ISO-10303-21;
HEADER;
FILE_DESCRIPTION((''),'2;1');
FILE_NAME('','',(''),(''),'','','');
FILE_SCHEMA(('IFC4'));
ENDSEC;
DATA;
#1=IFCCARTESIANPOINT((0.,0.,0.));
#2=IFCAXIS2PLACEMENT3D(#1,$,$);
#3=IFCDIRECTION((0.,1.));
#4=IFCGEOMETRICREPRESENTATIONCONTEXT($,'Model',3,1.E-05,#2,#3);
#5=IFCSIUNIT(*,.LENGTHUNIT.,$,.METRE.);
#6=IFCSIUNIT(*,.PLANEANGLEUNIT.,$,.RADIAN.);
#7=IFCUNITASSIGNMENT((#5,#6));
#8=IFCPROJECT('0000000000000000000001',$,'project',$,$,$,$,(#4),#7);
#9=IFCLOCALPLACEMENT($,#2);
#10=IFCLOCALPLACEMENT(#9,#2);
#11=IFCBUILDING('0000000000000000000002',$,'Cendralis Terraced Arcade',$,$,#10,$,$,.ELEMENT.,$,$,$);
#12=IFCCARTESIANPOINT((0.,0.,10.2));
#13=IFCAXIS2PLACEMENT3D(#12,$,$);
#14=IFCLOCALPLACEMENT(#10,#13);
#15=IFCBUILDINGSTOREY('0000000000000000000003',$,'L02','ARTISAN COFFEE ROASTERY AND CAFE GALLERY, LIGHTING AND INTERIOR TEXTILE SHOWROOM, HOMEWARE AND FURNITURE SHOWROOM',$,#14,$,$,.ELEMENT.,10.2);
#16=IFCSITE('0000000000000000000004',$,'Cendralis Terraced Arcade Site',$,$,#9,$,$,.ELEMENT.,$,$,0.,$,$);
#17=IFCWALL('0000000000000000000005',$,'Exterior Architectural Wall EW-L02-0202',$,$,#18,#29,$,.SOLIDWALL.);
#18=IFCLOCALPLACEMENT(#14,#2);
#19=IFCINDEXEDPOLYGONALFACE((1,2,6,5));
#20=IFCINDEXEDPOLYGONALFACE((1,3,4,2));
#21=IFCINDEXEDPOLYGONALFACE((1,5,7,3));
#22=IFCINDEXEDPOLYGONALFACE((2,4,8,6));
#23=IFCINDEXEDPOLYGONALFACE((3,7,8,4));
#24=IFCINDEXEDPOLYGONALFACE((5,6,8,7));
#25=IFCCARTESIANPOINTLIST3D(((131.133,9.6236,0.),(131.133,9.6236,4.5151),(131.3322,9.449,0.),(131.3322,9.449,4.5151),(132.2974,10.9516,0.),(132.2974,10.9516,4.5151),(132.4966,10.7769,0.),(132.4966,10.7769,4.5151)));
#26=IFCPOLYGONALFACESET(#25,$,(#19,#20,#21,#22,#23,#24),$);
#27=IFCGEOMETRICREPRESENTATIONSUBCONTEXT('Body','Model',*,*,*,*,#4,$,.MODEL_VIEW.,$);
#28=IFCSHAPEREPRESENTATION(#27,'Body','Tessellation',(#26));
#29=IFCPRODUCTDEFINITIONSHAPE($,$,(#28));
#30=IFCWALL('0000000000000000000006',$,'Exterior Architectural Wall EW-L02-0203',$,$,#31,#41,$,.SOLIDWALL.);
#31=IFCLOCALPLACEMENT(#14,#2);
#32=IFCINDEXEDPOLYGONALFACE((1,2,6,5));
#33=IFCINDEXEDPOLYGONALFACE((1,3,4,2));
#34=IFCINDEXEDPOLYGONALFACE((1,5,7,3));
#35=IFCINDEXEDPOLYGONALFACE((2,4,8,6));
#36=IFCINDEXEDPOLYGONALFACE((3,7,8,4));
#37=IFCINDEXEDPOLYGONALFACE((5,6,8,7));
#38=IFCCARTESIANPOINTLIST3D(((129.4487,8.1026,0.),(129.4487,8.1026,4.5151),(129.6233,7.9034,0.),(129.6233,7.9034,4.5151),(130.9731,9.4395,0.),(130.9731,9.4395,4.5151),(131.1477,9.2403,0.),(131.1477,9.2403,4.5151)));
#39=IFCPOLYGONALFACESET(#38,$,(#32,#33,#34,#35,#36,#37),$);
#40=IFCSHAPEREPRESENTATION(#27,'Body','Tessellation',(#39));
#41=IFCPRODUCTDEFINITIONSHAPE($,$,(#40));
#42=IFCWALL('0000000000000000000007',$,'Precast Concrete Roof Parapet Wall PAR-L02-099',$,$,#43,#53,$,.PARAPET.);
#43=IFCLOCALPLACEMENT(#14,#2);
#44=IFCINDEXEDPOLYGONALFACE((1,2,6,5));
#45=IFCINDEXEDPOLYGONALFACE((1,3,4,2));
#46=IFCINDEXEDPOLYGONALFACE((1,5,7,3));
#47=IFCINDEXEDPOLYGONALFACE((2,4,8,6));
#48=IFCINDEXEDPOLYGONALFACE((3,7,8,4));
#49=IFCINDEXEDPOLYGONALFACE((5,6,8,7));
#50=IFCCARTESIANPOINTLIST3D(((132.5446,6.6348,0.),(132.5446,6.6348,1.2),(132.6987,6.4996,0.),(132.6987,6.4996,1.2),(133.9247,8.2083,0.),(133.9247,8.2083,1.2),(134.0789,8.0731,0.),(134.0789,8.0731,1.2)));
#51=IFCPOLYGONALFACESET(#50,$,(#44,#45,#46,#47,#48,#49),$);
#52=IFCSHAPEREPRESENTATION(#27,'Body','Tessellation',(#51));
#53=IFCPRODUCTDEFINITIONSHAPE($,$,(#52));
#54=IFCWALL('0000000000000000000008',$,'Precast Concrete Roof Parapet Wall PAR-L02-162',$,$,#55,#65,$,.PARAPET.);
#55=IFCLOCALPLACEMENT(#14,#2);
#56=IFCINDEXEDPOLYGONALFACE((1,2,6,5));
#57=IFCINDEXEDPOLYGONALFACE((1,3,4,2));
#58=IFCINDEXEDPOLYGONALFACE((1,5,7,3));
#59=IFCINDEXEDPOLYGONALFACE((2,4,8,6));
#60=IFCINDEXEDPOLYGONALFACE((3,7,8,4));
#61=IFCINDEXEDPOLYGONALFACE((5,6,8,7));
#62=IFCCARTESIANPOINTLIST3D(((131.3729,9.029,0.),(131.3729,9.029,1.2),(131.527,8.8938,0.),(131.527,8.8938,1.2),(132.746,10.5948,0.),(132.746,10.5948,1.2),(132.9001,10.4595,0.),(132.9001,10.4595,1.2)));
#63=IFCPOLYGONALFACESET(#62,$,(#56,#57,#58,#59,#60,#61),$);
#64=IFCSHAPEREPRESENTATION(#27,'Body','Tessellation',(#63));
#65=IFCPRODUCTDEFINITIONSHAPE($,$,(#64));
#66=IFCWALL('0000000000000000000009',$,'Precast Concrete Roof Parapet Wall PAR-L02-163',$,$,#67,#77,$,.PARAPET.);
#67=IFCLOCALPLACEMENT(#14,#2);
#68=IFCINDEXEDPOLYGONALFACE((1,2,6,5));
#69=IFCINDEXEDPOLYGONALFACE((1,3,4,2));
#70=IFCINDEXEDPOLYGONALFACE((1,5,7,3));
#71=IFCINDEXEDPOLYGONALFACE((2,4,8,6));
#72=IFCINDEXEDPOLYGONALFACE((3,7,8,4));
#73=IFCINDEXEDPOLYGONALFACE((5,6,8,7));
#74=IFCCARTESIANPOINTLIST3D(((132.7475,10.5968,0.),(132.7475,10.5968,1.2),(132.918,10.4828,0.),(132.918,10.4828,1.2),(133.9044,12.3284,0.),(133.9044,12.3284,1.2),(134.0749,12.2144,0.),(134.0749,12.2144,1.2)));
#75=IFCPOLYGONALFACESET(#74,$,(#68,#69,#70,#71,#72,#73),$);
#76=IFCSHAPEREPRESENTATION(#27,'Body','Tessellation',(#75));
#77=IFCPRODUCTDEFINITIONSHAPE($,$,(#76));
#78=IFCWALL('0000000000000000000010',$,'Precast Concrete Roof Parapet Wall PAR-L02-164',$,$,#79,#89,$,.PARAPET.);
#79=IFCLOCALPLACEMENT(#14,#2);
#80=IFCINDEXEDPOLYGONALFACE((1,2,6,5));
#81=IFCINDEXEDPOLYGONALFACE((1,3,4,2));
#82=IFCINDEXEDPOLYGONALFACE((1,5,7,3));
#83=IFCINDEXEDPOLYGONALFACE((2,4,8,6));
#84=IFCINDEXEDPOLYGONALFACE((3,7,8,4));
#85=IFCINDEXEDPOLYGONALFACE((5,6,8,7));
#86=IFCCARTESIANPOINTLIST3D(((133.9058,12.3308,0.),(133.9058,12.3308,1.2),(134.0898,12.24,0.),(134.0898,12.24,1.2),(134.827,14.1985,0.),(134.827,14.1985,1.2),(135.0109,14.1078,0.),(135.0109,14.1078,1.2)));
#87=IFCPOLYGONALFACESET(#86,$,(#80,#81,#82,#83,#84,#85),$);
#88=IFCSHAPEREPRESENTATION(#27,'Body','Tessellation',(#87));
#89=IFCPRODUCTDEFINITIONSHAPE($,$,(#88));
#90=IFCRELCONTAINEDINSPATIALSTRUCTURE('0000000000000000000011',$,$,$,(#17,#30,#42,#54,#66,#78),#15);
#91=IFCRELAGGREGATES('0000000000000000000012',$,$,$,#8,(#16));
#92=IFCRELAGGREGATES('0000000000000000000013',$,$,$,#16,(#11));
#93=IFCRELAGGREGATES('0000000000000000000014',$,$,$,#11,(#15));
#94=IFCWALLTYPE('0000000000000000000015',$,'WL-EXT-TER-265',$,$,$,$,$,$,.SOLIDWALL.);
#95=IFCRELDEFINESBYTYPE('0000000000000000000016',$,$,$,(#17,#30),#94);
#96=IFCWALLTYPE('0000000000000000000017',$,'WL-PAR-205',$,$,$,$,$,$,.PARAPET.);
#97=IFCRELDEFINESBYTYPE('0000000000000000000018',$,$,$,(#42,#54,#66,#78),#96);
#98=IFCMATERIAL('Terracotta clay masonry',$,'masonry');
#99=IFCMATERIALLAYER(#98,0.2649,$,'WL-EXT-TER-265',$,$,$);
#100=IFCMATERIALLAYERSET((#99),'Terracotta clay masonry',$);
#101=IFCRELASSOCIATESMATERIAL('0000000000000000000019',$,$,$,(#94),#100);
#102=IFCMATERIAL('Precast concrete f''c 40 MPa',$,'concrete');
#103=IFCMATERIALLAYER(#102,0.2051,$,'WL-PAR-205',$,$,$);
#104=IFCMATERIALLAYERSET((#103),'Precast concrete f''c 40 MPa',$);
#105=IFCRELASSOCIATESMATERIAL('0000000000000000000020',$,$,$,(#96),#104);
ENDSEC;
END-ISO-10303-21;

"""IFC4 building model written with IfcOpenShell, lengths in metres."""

from ifc_helpers import new_model, si_unit, direction, frame, frame_2d, origin, place, context, subcontext, project, spatial, rectangle, extrude, material, layer, layer_set, type_object, element, save


model = new_model("IFC4")

# Units and contexts
model_context = context("Model", 3, precision=1e-05, world=origin(), true_north=direction((0.0, 1.0)))
body_context = subcontext(model_context, "Body", "Model", "MODEL_VIEW")
ifc_project = project(units=[si_unit("LENGTHUNIT", "METRE"), si_unit("PLANEANGLEUNIT", "RADIAN")], contexts=[model_context])

# Site, building, storey
site_placement = place(None, origin())
site = spatial("IfcSite", under=ifc_project, at=site_placement, Name="Cendralis Terraced Arcade Site", CompositionType="ELEMENT", RefElevation=0.0)
building_placement = place(site_placement, origin())
building = spatial("IfcBuilding", under=site, at=building_placement, Name="Cendralis Terraced Arcade", CompositionType="ELEMENT")
storey_placement = place(building_placement, frame((0.0, 0.0, 10.2)))
storey = spatial("IfcBuildingStorey", under=building, at=storey_placement, Name="L02", Description="ARTISAN COFFEE ROASTERY AND CAFE GALLERY, LIGHTING AND INTERIOR TEXTILE SHOWROOM, HOMEWARE AND FURNITURE SHOWROOM", CompositionType="ELEMENT", Elevation=10.2)

# Walls
ifc_material_1 = material(Name="Terracotta clay masonry", Category="masonry")
ifc_layer_1 = layer(ifc_material_1, 0.2649, Name="WL-EXT-TER-265")
ifc_layer_set_1 = layer_set([ifc_layer_1], Name="Terracotta clay masonry")
wall_type_1 = type_object("IfcWallType", Name="WL-EXT-TER-265", PredefinedType="SOLIDWALL", material=ifc_layer_set_1)
wall_1_placement = place(storey_placement, frame((132.397, 10.8643, 0.0), z_axis=(0.0, 0.0, 1.0), x_axis=(-0.659277, -0.7519, 0.0)))
element("IfcWall", 1, at=wall_1_placement, inside=storey, type_object=wall_type_1, Name="Exterior Architectural Wall EW-L02-0202", PredefinedType="SOLIDWALL", context=body_context, shape_type="SweptSolid", body=[
    extrude(rectangle(XDim=1.7661, YDim=0.2649, at=frame_2d((0.8831, 0.0))), origin(), (0.0, 0.0, 1.0), 4.5151),
])
wall_2_placement = place(storey_placement, frame((131.0603, 9.3398, 0.0), z_axis=(0.0, 0.0, 1.0), x_axis=(-0.75183, -0.659357, 0.0)))
element("IfcWall", 2, at=wall_2_placement, inside=storey, type_object=wall_type_1, Name="Exterior Architectural Wall EW-L02-0203", PredefinedType="SOLIDWALL", context=body_context, shape_type="SweptSolid", body=[
    extrude(rectangle(XDim=2.0276, YDim=0.2649, at=frame_2d((1.0137, 0.0))), origin(), (0.0, 0.0, 1.0), 4.5151),
])
ifc_material_2 = material(Name="Precast concrete f'c 40 MPa", Category="concrete")
ifc_layer_2 = layer(ifc_material_2, 0.2051, Name="WL-PAR-205")
ifc_layer_set_2 = layer_set([ifc_layer_2], Name="Precast concrete f'c 40 MPa")
wall_type_2 = type_object("IfcWallType", Name="WL-PAR-205", PredefinedType="PARAPET", material=ifc_layer_set_2)
wall_3_placement = place(storey_placement, frame((134.0017, 8.1406, 0.0), z_axis=(0.0, 0.0, 1.0), x_axis=(-0.659404, -0.751789, 0.0)))
element("IfcWall", 3, at=wall_3_placement, inside=storey, type_object=wall_type_2, Name="Precast Concrete Roof Parapet Wall PAR-L02-099", PredefinedType="PARAPET", context=body_context, shape_type="SweptSolid", body=[
    extrude(rectangle(XDim=2.093, YDim=0.2051, at=frame_2d((1.0464, 0.0))), origin(), (0.0, 0.0, 1.0), 1.2),
])
for number, where, z_axis, x_axis, name in (
    (4, (131.45, 8.9614, 0.0), (0.0, 0.0, 1.0), (0.659342, 0.751843, 0.0), "Precast Concrete Roof Parapet Wall PAR-L02-162"),
    (5, (132.8328, 10.5398, 0.0), (0.0, 0.0, 1.0), (0.555539, 0.831491, 0.0), "Precast Concrete Roof Parapet Wall PAR-L02-163"),
    (6, (133.9978, 12.2854, 0.0), (0.0, 0.0, 1.0), (0.44233, 0.896852, 0.0), "Precast Concrete Roof Parapet Wall PAR-L02-164"),
):
    element("IfcWall", number, at=place(storey_placement, frame(where, z_axis=z_axis, x_axis=x_axis)), inside=storey, type_object=wall_type_2, Name=name, PredefinedType="PARAPET", context=body_context, shape_type="SweptSolid", body=[
        extrude(rectangle(XDim=2.0825, YDim=0.2051, at=frame_2d((1.0413, 0.0))), origin(), (0.0, 0.0, 1.0), 1.2),
    ])

save(model, "model.ifc")
